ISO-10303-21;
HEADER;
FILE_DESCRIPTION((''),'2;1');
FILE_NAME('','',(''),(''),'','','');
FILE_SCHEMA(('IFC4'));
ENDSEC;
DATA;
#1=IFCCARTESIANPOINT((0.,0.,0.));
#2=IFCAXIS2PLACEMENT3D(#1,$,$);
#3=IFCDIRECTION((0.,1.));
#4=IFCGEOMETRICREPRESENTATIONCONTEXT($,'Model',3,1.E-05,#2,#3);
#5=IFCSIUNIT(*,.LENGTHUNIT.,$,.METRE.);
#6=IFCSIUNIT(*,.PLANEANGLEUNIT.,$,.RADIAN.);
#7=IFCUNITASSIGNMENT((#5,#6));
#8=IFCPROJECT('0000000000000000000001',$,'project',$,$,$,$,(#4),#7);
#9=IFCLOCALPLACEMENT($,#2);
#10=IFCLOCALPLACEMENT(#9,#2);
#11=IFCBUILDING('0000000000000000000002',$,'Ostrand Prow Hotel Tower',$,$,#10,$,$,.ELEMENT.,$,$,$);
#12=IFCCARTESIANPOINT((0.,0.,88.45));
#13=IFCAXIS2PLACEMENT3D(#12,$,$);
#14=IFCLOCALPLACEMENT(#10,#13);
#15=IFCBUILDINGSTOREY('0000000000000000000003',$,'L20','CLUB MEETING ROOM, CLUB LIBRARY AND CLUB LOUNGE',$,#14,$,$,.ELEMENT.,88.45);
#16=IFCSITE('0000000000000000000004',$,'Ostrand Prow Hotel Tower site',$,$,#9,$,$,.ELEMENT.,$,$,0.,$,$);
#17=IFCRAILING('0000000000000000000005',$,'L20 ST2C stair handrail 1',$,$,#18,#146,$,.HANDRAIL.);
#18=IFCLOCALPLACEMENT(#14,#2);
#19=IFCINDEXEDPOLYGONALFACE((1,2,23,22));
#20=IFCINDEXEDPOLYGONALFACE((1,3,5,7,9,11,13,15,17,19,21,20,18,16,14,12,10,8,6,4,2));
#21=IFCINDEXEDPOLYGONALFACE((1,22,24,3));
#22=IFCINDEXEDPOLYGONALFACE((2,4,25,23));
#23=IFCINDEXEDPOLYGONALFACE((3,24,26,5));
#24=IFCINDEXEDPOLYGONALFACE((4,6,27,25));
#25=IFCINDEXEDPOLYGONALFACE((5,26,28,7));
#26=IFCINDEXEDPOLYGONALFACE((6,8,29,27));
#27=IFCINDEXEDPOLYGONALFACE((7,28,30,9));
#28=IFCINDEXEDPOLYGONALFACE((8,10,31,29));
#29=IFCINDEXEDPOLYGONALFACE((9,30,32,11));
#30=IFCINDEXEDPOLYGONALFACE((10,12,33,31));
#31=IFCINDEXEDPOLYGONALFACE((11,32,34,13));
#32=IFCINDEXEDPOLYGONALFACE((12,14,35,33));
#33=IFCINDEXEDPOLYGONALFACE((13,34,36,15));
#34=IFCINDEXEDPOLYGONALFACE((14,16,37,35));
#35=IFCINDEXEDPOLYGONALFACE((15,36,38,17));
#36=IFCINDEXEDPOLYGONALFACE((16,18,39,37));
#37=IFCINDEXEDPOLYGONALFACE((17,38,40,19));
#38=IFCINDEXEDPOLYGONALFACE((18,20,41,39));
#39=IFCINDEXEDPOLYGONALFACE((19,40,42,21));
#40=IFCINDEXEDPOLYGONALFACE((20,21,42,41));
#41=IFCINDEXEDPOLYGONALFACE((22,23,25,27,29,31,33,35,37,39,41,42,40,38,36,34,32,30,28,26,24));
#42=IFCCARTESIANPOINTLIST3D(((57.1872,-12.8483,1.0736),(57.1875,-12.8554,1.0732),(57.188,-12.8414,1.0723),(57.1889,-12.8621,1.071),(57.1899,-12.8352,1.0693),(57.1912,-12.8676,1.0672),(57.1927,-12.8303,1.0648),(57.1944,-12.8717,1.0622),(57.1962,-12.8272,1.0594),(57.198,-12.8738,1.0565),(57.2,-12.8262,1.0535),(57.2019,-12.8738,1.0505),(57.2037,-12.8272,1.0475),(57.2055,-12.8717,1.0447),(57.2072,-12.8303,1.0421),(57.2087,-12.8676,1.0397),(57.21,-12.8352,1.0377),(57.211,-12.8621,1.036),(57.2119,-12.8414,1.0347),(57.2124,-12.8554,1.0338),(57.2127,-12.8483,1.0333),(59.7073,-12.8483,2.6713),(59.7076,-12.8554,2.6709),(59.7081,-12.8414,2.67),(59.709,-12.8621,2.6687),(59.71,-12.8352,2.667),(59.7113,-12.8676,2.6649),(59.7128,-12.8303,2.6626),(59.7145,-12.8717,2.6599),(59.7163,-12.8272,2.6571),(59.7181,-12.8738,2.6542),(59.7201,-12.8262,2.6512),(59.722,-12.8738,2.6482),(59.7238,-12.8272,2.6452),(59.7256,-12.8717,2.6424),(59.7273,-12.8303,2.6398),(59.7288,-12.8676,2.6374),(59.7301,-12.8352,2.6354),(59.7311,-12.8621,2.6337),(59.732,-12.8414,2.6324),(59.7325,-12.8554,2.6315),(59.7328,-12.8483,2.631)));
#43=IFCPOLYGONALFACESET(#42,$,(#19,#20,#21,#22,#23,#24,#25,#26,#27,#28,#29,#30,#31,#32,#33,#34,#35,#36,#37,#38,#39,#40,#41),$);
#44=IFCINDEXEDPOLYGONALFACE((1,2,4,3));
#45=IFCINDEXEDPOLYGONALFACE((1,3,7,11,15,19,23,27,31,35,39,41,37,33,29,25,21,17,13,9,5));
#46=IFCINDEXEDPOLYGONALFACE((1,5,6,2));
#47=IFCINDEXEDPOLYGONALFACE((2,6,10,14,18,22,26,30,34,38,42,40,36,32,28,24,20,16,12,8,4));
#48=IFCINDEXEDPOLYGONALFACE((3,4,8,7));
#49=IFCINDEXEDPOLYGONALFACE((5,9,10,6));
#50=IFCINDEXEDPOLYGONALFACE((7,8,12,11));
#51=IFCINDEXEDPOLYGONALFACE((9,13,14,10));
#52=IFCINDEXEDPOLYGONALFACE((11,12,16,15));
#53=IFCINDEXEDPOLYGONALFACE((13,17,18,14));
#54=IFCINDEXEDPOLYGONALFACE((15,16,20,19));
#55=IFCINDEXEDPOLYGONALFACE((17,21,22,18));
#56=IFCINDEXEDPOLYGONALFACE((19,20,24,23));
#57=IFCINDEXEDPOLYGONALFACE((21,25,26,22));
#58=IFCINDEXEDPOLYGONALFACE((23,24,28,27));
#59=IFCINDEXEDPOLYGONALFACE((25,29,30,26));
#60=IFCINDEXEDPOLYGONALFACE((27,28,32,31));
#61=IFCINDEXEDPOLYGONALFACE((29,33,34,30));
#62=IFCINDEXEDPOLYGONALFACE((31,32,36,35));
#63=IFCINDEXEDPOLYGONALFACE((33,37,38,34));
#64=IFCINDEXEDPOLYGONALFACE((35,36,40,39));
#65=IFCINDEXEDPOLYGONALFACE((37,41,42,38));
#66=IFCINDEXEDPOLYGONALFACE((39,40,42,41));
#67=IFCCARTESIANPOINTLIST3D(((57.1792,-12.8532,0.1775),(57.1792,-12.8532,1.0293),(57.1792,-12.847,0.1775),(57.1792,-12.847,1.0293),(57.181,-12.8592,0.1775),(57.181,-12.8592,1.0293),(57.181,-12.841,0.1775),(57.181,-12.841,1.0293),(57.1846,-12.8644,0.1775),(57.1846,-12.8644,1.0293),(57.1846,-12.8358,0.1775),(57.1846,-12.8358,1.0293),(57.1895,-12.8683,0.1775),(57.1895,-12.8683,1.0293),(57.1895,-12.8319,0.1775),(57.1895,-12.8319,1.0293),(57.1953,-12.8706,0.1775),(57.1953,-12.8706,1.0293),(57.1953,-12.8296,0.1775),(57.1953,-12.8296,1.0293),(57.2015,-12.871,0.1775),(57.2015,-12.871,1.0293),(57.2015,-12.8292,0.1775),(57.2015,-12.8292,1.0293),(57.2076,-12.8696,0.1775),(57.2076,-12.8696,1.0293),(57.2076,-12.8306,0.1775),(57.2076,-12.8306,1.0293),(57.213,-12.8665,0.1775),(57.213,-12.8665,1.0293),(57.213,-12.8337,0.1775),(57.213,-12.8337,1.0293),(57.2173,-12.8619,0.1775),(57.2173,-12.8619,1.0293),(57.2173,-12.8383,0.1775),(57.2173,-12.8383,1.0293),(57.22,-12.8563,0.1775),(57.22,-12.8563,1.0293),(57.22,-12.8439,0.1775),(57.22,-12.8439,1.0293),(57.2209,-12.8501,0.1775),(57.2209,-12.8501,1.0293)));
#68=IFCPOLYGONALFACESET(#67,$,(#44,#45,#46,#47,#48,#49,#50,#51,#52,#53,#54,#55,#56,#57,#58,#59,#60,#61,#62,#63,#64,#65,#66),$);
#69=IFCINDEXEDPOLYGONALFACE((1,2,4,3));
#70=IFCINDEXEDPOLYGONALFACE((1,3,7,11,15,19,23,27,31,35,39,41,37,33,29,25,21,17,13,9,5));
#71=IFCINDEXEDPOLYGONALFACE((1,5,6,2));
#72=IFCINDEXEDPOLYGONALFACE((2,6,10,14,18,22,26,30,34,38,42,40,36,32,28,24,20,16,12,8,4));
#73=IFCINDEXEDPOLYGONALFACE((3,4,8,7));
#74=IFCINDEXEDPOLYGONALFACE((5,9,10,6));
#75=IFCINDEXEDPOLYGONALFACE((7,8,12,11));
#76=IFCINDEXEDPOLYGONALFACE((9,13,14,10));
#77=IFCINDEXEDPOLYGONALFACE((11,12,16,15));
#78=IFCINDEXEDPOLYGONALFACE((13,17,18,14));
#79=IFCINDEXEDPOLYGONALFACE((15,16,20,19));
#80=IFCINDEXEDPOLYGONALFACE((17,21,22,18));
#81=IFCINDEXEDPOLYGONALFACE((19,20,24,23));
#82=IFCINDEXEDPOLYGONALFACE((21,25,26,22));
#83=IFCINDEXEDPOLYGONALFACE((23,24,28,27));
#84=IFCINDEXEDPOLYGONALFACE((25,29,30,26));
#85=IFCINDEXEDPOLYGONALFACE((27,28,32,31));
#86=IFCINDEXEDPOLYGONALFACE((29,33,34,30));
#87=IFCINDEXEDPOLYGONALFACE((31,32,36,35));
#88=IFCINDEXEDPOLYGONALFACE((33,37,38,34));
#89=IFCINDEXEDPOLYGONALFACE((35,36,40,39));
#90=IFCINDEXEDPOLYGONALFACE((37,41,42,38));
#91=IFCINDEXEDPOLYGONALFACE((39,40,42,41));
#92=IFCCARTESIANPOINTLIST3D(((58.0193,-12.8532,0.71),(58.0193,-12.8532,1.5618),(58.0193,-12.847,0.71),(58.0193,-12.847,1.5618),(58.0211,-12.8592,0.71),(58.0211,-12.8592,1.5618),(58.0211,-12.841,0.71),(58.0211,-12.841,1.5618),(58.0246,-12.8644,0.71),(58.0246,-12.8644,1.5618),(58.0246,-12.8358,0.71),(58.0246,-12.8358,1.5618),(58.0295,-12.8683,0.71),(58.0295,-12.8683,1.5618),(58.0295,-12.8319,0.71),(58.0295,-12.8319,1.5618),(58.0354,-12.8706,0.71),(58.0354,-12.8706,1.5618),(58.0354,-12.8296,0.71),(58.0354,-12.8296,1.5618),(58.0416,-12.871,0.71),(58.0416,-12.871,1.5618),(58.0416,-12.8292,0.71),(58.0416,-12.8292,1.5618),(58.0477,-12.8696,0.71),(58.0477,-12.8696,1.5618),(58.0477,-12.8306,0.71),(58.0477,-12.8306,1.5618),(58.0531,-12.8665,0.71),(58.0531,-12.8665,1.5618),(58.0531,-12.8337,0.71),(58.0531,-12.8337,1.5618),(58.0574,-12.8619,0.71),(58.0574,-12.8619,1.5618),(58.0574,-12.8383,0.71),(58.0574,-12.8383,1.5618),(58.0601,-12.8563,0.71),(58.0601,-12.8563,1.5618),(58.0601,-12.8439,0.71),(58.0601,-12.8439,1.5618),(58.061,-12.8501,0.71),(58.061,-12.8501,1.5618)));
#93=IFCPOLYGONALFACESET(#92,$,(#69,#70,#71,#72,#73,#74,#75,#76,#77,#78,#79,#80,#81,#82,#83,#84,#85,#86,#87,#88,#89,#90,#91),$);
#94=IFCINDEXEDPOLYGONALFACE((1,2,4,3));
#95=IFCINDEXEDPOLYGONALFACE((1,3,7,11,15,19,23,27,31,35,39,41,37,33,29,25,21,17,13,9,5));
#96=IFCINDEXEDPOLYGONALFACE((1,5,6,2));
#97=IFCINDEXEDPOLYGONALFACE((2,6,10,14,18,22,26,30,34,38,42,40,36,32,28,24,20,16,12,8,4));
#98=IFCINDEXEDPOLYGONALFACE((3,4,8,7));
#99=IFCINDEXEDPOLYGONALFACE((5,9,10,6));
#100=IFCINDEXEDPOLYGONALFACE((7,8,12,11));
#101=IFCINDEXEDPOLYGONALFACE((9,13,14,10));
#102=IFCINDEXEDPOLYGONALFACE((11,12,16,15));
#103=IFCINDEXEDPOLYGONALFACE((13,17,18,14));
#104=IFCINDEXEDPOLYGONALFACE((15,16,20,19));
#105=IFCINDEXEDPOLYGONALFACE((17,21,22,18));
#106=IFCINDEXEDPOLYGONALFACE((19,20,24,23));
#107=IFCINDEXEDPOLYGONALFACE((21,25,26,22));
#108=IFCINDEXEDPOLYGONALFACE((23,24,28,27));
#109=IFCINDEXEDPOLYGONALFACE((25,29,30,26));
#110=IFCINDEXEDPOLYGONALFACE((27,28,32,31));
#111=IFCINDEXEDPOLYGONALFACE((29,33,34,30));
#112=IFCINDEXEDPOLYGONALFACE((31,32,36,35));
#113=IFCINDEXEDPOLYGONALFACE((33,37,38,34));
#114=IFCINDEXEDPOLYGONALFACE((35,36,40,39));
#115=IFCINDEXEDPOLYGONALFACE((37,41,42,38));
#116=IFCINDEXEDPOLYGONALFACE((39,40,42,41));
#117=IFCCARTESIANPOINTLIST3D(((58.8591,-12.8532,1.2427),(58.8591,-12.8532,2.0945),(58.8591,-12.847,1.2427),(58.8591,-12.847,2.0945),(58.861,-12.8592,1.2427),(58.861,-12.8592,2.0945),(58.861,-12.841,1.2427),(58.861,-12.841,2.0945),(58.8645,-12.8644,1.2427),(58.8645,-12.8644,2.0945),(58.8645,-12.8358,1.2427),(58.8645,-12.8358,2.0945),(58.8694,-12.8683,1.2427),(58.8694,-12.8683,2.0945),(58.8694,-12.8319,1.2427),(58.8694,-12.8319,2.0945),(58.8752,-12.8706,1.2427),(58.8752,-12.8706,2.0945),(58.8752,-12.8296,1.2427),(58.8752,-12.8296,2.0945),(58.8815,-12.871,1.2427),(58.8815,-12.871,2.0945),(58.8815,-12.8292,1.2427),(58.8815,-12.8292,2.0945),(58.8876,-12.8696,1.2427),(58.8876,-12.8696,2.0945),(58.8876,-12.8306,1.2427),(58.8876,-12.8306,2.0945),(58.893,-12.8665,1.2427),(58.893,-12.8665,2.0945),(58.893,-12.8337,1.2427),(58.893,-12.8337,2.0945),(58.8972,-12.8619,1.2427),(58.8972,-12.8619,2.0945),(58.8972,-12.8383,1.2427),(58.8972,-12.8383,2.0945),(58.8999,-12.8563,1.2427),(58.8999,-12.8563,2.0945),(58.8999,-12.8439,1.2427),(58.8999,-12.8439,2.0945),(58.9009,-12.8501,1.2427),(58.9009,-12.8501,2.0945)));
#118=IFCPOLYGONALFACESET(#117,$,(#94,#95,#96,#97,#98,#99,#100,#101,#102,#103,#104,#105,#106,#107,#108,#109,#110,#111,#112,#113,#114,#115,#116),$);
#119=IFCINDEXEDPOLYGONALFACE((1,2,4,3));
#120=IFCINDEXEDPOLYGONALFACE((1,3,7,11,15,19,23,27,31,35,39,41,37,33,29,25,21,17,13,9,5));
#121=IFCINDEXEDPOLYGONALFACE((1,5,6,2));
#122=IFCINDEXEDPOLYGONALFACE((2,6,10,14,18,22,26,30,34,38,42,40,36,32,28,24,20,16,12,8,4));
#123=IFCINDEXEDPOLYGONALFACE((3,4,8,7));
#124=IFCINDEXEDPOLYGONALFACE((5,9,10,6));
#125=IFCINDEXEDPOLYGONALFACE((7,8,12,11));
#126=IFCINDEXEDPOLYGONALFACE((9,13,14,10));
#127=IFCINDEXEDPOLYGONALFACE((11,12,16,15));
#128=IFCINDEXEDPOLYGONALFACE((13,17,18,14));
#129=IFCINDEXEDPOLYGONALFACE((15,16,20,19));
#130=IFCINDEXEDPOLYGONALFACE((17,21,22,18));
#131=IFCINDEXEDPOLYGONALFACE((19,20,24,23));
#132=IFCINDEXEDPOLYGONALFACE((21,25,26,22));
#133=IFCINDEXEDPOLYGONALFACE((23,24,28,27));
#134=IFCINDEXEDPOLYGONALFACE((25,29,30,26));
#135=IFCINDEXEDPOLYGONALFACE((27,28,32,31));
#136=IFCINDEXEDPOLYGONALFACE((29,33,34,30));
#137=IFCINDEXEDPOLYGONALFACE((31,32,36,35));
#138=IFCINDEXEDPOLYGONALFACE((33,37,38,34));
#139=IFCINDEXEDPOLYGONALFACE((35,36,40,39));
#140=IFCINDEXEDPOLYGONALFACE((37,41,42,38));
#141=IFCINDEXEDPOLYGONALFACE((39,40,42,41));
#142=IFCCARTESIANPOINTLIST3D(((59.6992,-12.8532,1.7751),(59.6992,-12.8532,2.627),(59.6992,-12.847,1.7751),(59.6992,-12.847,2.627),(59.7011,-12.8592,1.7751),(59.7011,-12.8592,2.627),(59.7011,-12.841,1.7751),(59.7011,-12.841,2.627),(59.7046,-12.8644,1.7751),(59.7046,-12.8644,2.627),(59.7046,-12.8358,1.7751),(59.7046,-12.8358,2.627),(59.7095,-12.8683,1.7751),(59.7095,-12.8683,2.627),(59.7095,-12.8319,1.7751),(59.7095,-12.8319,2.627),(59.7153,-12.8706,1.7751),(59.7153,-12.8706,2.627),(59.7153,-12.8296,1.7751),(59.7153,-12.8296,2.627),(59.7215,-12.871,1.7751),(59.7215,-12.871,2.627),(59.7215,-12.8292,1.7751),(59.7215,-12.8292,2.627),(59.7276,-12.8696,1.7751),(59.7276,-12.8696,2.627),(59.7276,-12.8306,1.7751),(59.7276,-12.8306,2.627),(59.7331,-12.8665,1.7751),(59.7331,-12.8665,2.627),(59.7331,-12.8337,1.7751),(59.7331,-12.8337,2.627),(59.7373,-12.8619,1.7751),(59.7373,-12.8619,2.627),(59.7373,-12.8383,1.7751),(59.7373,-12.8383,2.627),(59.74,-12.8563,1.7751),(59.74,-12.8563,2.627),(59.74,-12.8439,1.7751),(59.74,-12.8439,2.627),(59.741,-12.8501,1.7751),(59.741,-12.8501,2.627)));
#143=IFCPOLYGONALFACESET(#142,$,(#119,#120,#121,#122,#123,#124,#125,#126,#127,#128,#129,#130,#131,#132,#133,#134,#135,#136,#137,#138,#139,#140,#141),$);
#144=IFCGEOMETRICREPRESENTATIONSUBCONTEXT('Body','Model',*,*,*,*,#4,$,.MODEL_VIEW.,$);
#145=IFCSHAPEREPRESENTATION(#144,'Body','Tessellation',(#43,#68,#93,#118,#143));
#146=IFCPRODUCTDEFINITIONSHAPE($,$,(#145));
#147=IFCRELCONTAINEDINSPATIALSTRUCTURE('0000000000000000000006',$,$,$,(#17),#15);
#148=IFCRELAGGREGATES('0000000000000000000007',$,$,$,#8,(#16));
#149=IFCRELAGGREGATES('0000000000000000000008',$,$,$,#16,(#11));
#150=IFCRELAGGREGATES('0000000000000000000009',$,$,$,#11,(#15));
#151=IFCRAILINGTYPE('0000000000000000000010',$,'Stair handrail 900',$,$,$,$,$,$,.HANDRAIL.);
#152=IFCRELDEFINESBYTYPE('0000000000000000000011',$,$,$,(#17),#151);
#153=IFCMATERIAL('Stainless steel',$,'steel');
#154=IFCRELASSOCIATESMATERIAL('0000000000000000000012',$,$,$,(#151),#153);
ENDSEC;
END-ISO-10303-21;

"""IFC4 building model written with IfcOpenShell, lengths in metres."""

from ifc_helpers import new_model, si_unit, direction, frame, origin, origin_2d, place, context, subcontext, project, spatial, circle, extrude, material, type_object, element, save


model = new_model("IFC4")

# Units and contexts
model_context = context("Model", 3, precision=1e-05, world=origin(), true_north=direction((0.0, 1.0)))
body_context = subcontext(model_context, "Body", "Model", "MODEL_VIEW")
ifc_project = project(units=[si_unit("LENGTHUNIT", "METRE"), si_unit("PLANEANGLEUNIT", "RADIAN")], contexts=[model_context])

# Site, building, storey
site_placement = place(None, origin())
site = spatial("IfcSite", under=ifc_project, at=site_placement, Name="Ostrand Prow Hotel Tower site", CompositionType="ELEMENT", RefElevation=0.0)
building_placement = place(site_placement, origin())
building = spatial("IfcBuilding", under=site, at=building_placement, Name="Ostrand Prow Hotel Tower", CompositionType="ELEMENT")
storey_placement = place(building_placement, frame((0.0, 0.0, 88.45)))
storey = spatial("IfcBuildingStorey", under=building, at=storey_placement, Name="L20", Description="CLUB MEETING ROOM, CLUB LIBRARY AND CLUB LOUNGE", CompositionType="ELEMENT", Elevation=88.45)

# Railing
ifc_material_1 = material(Name="Stainless steel", Category="steel")
railing_type_1 = type_object("IfcRailingType", Name="Stair handrail 900", PredefinedType="HANDRAIL", material=ifc_material_1)
railing_1_placement = place(storey_placement, frame((57.2, -12.8501, 0.1775)))
element("IfcRailing", 1, at=railing_1_placement, inside=storey, type_object=railing_type_1, Name="L20 ST2C stair handrail 1", PredefinedType="HANDRAIL", context=body_context, shape_type="SweptSolid", body=[
    extrude(circle(Radius=0.0239, at=origin_2d()), frame((0.0, 0.0, 0.876), z_axis=(0.84457, 0.0, 0.535445), x_axis=(0.0, 1.0, 0.0)), (0.0, 0.0, 1.0), 2.9839),
    extrude(circle(Radius=0.021, at=origin_2d()), origin(), (0.0, 0.0, 1.0), 0.8518),
    extrude(circle(Radius=0.021, at=origin_2d()), frame((0.8401, 0.0, 0.5325)), (0.0, 0.0, 1.0), 0.8518),
    extrude(circle(Radius=0.021, at=origin_2d()), frame((1.6799, 0.0, 1.0652)), (0.0, 0.0, 1.0), 0.8518),
    extrude(circle(Radius=0.021, at=origin_2d()), frame((2.52, 0.0, 1.5977)), (0.0, 0.0, 1.0), 0.8518),
])

save(model, "model.ifc")
